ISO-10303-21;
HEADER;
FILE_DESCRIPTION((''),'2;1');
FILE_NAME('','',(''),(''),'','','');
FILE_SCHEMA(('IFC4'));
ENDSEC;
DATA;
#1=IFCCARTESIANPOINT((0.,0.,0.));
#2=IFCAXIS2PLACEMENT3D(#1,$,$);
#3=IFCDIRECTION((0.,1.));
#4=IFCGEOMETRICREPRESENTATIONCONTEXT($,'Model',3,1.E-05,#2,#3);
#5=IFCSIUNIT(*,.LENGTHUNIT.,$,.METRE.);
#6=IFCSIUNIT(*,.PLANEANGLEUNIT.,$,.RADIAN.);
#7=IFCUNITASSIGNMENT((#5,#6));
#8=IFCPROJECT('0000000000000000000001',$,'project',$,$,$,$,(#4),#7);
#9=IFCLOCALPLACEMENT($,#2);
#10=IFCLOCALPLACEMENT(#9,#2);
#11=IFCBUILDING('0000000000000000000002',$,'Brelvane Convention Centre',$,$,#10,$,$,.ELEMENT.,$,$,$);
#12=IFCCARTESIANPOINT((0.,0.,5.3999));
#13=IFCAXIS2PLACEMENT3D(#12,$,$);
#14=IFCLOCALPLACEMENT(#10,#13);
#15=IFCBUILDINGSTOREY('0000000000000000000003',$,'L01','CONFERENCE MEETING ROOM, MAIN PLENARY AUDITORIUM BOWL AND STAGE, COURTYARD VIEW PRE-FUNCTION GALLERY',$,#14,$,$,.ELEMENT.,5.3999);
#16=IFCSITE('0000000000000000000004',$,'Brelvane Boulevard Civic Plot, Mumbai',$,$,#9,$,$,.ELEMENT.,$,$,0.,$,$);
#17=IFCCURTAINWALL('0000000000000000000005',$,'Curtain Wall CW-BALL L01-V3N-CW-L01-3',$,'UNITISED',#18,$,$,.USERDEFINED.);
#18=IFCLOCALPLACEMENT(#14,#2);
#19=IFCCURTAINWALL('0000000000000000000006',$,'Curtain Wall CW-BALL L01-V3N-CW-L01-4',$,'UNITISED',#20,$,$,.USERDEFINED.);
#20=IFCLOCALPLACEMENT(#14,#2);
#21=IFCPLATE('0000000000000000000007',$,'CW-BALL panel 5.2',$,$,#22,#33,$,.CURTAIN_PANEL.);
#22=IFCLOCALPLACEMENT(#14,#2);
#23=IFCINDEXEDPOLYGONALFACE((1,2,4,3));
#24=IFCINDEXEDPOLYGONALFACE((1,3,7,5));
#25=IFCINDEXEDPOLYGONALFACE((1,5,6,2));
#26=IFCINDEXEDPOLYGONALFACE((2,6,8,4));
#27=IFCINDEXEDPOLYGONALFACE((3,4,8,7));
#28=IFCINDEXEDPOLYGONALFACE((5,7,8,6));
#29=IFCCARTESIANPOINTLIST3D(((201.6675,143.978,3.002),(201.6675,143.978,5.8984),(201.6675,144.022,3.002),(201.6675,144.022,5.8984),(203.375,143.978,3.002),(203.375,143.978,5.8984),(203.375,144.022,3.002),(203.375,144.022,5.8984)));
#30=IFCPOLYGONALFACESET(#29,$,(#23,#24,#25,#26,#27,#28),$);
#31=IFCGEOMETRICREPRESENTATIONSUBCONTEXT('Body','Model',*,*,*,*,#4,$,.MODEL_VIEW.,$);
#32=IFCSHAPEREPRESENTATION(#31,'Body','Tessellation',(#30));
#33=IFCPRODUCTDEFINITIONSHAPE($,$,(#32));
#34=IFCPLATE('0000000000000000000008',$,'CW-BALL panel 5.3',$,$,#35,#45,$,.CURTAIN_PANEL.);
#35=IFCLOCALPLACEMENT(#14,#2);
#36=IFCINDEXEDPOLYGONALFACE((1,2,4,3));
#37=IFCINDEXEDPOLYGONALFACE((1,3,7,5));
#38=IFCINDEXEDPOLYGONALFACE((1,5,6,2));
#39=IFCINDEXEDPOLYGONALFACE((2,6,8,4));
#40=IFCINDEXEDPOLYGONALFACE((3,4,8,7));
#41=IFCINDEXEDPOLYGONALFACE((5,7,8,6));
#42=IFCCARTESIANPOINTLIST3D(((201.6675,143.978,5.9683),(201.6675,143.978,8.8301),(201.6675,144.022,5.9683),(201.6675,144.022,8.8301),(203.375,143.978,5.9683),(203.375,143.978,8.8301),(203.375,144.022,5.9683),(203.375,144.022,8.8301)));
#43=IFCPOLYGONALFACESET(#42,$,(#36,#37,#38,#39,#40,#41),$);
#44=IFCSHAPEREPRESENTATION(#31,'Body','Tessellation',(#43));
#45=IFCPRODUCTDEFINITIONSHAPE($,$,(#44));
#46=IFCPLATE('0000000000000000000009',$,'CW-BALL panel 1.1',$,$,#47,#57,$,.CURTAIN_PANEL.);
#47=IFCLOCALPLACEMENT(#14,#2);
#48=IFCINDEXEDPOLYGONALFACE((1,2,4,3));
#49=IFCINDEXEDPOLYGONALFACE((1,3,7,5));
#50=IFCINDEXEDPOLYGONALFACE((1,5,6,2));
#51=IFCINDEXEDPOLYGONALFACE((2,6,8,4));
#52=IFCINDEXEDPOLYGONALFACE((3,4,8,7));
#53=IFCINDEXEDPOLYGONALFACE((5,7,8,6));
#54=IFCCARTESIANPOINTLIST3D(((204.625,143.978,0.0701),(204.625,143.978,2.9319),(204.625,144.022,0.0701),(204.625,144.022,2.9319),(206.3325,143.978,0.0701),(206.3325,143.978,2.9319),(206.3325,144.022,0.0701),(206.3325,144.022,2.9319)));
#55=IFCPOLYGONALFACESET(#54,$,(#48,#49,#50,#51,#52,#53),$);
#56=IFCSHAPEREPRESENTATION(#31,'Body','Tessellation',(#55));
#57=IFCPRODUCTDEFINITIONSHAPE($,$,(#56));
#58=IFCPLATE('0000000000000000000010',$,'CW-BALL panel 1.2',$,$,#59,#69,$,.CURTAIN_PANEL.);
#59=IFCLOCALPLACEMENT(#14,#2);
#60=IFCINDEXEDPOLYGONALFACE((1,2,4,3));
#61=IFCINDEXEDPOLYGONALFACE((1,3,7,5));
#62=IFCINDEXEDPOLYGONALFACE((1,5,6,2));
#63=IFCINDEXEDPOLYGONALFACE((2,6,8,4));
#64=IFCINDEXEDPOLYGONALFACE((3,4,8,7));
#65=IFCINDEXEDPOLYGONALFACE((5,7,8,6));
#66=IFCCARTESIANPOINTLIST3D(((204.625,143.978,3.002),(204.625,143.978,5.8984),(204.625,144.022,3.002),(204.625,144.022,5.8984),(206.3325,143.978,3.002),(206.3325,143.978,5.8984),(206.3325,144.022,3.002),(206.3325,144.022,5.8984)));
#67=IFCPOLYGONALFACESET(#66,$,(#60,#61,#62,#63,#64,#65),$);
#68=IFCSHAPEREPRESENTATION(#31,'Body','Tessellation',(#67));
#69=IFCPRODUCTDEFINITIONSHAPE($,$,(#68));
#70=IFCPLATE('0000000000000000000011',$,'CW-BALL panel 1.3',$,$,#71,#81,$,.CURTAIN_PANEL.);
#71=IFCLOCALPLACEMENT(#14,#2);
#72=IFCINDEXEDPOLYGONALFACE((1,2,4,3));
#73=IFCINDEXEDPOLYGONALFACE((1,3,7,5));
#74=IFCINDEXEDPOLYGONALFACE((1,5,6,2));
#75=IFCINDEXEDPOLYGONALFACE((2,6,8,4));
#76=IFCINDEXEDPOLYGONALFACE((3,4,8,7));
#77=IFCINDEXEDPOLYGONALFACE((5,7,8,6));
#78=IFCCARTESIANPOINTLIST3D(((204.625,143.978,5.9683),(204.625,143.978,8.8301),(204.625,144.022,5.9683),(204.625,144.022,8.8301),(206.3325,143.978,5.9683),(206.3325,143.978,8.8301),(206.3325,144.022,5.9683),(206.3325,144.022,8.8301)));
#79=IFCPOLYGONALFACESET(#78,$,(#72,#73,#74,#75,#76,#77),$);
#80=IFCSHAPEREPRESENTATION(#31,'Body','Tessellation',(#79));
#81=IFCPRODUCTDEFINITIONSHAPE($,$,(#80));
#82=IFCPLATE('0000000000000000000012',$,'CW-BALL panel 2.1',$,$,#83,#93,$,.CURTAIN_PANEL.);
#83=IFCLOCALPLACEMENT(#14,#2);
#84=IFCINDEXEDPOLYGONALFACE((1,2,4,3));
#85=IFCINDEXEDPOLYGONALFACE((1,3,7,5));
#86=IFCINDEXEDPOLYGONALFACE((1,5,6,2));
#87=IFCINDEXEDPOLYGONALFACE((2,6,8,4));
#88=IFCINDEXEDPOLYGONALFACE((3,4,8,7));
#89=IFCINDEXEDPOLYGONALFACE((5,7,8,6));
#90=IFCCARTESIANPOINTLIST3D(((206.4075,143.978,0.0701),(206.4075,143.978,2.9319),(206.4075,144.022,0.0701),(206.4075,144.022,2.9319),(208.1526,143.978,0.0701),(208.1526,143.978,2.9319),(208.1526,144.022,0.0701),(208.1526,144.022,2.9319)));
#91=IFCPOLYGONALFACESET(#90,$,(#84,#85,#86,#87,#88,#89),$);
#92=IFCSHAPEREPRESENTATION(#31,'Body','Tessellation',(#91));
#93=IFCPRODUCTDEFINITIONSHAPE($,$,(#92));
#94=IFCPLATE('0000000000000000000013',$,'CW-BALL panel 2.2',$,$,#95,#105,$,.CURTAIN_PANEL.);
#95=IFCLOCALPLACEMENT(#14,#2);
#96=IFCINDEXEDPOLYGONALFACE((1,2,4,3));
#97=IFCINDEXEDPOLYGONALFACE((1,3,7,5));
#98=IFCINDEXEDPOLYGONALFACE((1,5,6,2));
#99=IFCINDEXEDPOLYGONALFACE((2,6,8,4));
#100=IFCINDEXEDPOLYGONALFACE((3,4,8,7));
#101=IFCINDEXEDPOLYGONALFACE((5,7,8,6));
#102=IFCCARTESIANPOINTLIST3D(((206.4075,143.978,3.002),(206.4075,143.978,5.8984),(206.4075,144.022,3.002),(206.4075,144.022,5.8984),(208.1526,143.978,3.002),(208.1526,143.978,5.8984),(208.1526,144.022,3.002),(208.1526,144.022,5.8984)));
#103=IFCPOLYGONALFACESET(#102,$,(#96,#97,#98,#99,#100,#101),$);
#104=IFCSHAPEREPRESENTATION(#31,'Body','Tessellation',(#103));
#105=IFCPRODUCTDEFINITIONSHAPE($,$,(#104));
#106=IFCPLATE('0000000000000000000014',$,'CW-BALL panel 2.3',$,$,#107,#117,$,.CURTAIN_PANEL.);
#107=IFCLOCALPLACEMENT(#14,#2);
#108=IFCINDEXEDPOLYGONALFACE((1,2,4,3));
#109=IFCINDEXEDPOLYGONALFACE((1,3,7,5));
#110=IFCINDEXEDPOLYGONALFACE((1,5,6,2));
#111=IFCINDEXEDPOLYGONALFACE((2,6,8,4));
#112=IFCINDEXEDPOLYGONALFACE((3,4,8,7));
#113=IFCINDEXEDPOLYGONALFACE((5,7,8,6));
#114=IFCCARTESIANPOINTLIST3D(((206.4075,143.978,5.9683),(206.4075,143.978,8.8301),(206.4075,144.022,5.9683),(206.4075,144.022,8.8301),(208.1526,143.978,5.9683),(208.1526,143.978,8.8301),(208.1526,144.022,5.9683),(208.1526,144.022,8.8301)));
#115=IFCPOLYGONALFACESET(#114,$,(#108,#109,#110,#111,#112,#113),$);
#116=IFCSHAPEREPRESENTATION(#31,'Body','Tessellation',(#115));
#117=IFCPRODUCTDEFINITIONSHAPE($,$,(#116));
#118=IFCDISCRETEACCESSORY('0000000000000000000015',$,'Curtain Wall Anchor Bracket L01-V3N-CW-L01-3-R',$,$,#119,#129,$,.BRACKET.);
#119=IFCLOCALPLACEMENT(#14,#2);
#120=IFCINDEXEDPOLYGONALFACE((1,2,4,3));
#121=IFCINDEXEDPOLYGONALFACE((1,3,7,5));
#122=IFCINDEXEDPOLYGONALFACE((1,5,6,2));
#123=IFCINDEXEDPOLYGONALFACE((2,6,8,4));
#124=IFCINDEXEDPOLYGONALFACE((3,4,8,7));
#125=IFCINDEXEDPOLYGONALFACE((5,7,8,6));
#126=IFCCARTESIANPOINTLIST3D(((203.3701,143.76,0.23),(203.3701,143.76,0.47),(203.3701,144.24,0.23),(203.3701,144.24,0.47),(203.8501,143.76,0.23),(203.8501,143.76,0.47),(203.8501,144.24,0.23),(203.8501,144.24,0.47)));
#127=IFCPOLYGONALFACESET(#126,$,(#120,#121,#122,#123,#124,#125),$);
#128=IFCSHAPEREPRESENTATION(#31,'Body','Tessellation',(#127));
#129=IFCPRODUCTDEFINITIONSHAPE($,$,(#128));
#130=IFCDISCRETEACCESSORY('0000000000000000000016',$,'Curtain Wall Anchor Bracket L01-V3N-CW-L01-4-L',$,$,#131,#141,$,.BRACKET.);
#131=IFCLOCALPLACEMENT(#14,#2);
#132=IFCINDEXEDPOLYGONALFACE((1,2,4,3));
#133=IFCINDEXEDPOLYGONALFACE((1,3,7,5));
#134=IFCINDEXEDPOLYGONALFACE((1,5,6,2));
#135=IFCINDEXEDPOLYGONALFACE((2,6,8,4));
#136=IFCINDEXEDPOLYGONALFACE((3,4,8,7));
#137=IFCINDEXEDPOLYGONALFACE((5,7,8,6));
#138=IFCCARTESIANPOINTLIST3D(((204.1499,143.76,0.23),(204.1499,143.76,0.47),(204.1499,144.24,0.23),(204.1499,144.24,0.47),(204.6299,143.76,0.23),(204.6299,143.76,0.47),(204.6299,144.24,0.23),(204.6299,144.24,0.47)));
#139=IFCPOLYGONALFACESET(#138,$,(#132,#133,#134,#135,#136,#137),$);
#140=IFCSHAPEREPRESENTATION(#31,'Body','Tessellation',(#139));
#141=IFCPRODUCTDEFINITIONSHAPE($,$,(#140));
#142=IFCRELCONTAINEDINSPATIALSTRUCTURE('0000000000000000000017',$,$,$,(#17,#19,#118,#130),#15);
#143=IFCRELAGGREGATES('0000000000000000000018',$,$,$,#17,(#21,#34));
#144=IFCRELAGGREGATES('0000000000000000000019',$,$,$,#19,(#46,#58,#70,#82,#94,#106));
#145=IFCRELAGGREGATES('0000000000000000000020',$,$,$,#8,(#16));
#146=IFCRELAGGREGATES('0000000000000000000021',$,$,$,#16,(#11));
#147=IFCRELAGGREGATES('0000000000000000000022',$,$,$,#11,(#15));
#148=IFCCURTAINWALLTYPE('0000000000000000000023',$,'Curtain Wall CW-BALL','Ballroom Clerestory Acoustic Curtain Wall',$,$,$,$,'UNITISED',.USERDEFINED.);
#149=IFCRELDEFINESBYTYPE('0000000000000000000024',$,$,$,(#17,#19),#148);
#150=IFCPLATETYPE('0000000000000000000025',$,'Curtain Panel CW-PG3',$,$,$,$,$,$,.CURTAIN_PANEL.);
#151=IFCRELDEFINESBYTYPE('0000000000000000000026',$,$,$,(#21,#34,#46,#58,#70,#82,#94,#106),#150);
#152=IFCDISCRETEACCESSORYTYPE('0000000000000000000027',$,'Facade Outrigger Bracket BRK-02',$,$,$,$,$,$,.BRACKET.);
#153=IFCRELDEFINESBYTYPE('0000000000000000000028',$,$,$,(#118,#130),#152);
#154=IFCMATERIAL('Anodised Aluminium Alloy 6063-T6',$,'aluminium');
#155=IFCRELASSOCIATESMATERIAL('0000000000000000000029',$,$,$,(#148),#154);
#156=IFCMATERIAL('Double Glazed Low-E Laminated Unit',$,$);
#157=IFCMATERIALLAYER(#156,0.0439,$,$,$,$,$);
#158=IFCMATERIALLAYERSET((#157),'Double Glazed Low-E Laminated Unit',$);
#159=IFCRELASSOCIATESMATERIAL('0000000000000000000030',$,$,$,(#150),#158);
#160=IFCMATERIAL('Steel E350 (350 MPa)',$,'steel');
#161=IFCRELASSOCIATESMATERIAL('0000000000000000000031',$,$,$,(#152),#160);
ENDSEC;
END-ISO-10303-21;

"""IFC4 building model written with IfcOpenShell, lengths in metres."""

from ifc_helpers import new_model, si_unit, direction, frame, origin, origin_2d, place, context, subcontext, project, spatial, rectangle, extrude, material, layer, layer_set, type_object, element, aggregate, save


model = new_model("IFC4")

# Units and contexts
model_context = context("Model", 3, precision=1e-05, world=origin(), true_north=direction((0.0, 1.0)))
body_context = subcontext(model_context, "Body", "Model", "MODEL_VIEW")
ifc_project = project(units=[si_unit("LENGTHUNIT", "METRE"), si_unit("PLANEANGLEUNIT", "RADIAN")], contexts=[model_context])

# Site, building, storey
site_placement = place(None, origin())
site = spatial("IfcSite", under=ifc_project, at=site_placement, Name="Brelvane Boulevard Civic Plot, Mumbai", CompositionType="ELEMENT", RefElevation=0.0)
building_placement = place(site_placement, origin())
building = spatial("IfcBuilding", under=site, at=building_placement, Name="Brelvane Convention Centre", CompositionType="ELEMENT")
storey_placement = place(building_placement, frame((0.0, 0.0, 5.3999)))
storey = spatial("IfcBuildingStorey", under=building, at=storey_placement, Name="L01", Description="CONFERENCE MEETING ROOM, MAIN PLENARY AUDITORIUM BOWL AND STAGE, COURTYARD VIEW PRE-FUNCTION GALLERY", CompositionType="ELEMENT", Elevation=5.3999)

# Curtain walls
ifc_material_1 = material(Name="Anodised Aluminium Alloy 6063-T6", Category="aluminium")
curtain_wall_type = type_object("IfcCurtainWallType", Name="Curtain Wall CW-BALL", Description="Ballroom Clerestory Acoustic Curtain Wall", ElementType="UNITISED", PredefinedType="USERDEFINED", material=ifc_material_1)
curtain_wall_1_placement = place(storey_placement, origin())
curtain_wall_1 = element("IfcCurtainWall", 1, at=curtain_wall_1_placement, inside=storey, type_object=curtain_wall_type, Name="Curtain Wall CW-BALL L01-V3N-CW-L01-3", ObjectType="UNITISED", PredefinedType="USERDEFINED")
curtain_wall_2_placement = place(storey_placement, origin())
curtain_wall_2 = element("IfcCurtainWall", 2, at=curtain_wall_2_placement, inside=storey, type_object=curtain_wall_type, Name="Curtain Wall CW-BALL L01-V3N-CW-L01-4", ObjectType="UNITISED", PredefinedType="USERDEFINED")

# Plates
ifc_material_2 = material(Name="Double Glazed Low-E Laminated Unit")
ifc_layer = layer(ifc_material_2, 0.0439)
ifc_layer_set = layer_set([ifc_layer], Name="Double Glazed Low-E Laminated Unit")
plate_type = type_object("IfcPlateType", Name="Curtain Panel CW-PG3", PredefinedType="CURTAIN_PANEL", material=ifc_layer_set)
plate_1_placement = place(storey_placement, frame((202.5212, 144.0, 3.002), z_axis=(0.0, 0.0, 1.0), x_axis=(1.0, 0.0, 0.0)))
plate_1 = element("IfcPlate", 3, at=plate_1_placement, type_object=plate_type, Name="CW-BALL panel 5.2", PredefinedType="CURTAIN_PANEL", context=body_context, shape_type="SweptSolid", body=[
    extrude(rectangle(XDim=1.7075, YDim=0.0439, at=origin_2d()), origin(), (0.0, 0.0, 1.0), 2.8965),
])
plate_2_placement = place(storey_placement, frame((202.5212, 144.0, 5.9683), z_axis=(0.0, 0.0, 1.0), x_axis=(1.0, 0.0, 0.0)))
plate_2 = element("IfcPlate", 4, at=plate_2_placement, type_object=plate_type, Name="CW-BALL panel 5.3", PredefinedType="CURTAIN_PANEL", context=body_context, shape_type="SweptSolid", body=[
    extrude(rectangle(XDim=1.7075, YDim=0.0439, at=origin_2d()), origin(), (0.0, 0.0, 1.0), 2.8618),
])
aggregate(curtain_wall_1, [plate_1, plate_2])
plate_3_placement = place(storey_placement, frame((205.4788, 144.0, 0.0701), z_axis=(0.0, 0.0, 1.0), x_axis=(1.0, 0.0, 0.0)))
plate_3 = element("IfcPlate", 5, at=plate_3_placement, type_object=plate_type, Name="CW-BALL panel 1.1", PredefinedType="CURTAIN_PANEL", context=body_context, shape_type="SweptSolid", body=[
    extrude(rectangle(XDim=1.7075, YDim=0.0439, at=origin_2d()), origin(), (0.0, 0.0, 1.0), 2.8618),
])
plate_4_placement = place(storey_placement, frame((205.4788, 144.0, 3.002), z_axis=(0.0, 0.0, 1.0), x_axis=(1.0, 0.0, 0.0)))
plate_4 = element("IfcPlate", 6, at=plate_4_placement, type_object=plate_type, Name="CW-BALL panel 1.2", PredefinedType="CURTAIN_PANEL", context=body_context, shape_type="SweptSolid", body=[
    extrude(rectangle(XDim=1.7075, YDim=0.0439, at=origin_2d()), origin(), (0.0, 0.0, 1.0), 2.8965),
])
plate_5_placement = place(storey_placement, frame((205.4788, 144.0, 5.9683), z_axis=(0.0, 0.0, 1.0), x_axis=(1.0, 0.0, 0.0)))
plate_5 = element("IfcPlate", 7, at=plate_5_placement, type_object=plate_type, Name="CW-BALL panel 1.3", PredefinedType="CURTAIN_PANEL", context=body_context, shape_type="SweptSolid", body=[
    extrude(rectangle(XDim=1.7075, YDim=0.0439, at=origin_2d()), origin(), (0.0, 0.0, 1.0), 2.8618),
])
plate_6_placement = place(storey_placement, frame((207.28, 144.0, 0.0701), z_axis=(0.0, 0.0, 1.0), x_axis=(1.0, 0.0, 0.0)))
plate_6 = element("IfcPlate", 8, at=plate_6_placement, type_object=plate_type, Name="CW-BALL panel 2.1", PredefinedType="CURTAIN_PANEL", context=body_context, shape_type="SweptSolid", body=[
    extrude(rectangle(XDim=1.7451, YDim=0.0439, at=origin_2d()), origin(), (0.0, 0.0, 1.0), 2.8618),
])
plate_7_placement = place(storey_placement, frame((207.28, 144.0, 3.002), z_axis=(0.0, 0.0, 1.0), x_axis=(1.0, 0.0, 0.0)))
plate_7 = element("IfcPlate", 9, at=plate_7_placement, type_object=plate_type, Name="CW-BALL panel 2.2", PredefinedType="CURTAIN_PANEL", context=body_context, shape_type="SweptSolid", body=[
    extrude(rectangle(XDim=1.7451, YDim=0.0439, at=origin_2d()), origin(), (0.0, 0.0, 1.0), 2.8965),
])
plate_8_placement = place(storey_placement, frame((207.28, 144.0, 5.9683), z_axis=(0.0, 0.0, 1.0), x_axis=(1.0, 0.0, 0.0)))
plate_8 = element("IfcPlate", 10, at=plate_8_placement, type_object=plate_type, Name="CW-BALL panel 2.3", PredefinedType="CURTAIN_PANEL", context=body_context, shape_type="SweptSolid", body=[
    extrude(rectangle(XDim=1.7451, YDim=0.0439, at=origin_2d()), origin(), (0.0, 0.0, 1.0), 2.8618),
])
aggregate(curtain_wall_2, [plate_3, plate_4, plate_5, plate_6, plate_7, plate_8])

# Discrete accessories
ifc_material_3 = material(Name="Steel E350 (350 MPa)", Category="steel")
discrete_accessory_type = type_object("IfcDiscreteAccessoryType", Name="Facade Outrigger Bracket BRK-02", PredefinedType="BRACKET", material=ifc_material_3)
for number, where, z_axis, x_axis, name in (
    (11, (203.6101, 144.0, 0.23), (0.0, 0.0, 1.0), (1.0, 0.0, 0.0), "Curtain Wall Anchor Bracket L01-V3N-CW-L01-3-R"),
    (12, (204.3899, 144.0, 0.23), (0.0, 0.0, 1.0), (1.0, 0.0, 0.0), "Curtain Wall Anchor Bracket L01-V3N-CW-L01-4-L"),
):
    element("IfcDiscreteAccessory", number, at=place(storey_placement, frame(where, z_axis=z_axis, x_axis=x_axis)), inside=storey, type_object=discrete_accessory_type, Name=name, PredefinedType="BRACKET", context=body_context, shape_type="SweptSolid", body=[
        extrude(rectangle(XDim=0.48, YDim=0.48, at=origin_2d()), origin(), (0.0, 0.0, 1.0), 0.24),
    ])

save(model, "model.ifc")
